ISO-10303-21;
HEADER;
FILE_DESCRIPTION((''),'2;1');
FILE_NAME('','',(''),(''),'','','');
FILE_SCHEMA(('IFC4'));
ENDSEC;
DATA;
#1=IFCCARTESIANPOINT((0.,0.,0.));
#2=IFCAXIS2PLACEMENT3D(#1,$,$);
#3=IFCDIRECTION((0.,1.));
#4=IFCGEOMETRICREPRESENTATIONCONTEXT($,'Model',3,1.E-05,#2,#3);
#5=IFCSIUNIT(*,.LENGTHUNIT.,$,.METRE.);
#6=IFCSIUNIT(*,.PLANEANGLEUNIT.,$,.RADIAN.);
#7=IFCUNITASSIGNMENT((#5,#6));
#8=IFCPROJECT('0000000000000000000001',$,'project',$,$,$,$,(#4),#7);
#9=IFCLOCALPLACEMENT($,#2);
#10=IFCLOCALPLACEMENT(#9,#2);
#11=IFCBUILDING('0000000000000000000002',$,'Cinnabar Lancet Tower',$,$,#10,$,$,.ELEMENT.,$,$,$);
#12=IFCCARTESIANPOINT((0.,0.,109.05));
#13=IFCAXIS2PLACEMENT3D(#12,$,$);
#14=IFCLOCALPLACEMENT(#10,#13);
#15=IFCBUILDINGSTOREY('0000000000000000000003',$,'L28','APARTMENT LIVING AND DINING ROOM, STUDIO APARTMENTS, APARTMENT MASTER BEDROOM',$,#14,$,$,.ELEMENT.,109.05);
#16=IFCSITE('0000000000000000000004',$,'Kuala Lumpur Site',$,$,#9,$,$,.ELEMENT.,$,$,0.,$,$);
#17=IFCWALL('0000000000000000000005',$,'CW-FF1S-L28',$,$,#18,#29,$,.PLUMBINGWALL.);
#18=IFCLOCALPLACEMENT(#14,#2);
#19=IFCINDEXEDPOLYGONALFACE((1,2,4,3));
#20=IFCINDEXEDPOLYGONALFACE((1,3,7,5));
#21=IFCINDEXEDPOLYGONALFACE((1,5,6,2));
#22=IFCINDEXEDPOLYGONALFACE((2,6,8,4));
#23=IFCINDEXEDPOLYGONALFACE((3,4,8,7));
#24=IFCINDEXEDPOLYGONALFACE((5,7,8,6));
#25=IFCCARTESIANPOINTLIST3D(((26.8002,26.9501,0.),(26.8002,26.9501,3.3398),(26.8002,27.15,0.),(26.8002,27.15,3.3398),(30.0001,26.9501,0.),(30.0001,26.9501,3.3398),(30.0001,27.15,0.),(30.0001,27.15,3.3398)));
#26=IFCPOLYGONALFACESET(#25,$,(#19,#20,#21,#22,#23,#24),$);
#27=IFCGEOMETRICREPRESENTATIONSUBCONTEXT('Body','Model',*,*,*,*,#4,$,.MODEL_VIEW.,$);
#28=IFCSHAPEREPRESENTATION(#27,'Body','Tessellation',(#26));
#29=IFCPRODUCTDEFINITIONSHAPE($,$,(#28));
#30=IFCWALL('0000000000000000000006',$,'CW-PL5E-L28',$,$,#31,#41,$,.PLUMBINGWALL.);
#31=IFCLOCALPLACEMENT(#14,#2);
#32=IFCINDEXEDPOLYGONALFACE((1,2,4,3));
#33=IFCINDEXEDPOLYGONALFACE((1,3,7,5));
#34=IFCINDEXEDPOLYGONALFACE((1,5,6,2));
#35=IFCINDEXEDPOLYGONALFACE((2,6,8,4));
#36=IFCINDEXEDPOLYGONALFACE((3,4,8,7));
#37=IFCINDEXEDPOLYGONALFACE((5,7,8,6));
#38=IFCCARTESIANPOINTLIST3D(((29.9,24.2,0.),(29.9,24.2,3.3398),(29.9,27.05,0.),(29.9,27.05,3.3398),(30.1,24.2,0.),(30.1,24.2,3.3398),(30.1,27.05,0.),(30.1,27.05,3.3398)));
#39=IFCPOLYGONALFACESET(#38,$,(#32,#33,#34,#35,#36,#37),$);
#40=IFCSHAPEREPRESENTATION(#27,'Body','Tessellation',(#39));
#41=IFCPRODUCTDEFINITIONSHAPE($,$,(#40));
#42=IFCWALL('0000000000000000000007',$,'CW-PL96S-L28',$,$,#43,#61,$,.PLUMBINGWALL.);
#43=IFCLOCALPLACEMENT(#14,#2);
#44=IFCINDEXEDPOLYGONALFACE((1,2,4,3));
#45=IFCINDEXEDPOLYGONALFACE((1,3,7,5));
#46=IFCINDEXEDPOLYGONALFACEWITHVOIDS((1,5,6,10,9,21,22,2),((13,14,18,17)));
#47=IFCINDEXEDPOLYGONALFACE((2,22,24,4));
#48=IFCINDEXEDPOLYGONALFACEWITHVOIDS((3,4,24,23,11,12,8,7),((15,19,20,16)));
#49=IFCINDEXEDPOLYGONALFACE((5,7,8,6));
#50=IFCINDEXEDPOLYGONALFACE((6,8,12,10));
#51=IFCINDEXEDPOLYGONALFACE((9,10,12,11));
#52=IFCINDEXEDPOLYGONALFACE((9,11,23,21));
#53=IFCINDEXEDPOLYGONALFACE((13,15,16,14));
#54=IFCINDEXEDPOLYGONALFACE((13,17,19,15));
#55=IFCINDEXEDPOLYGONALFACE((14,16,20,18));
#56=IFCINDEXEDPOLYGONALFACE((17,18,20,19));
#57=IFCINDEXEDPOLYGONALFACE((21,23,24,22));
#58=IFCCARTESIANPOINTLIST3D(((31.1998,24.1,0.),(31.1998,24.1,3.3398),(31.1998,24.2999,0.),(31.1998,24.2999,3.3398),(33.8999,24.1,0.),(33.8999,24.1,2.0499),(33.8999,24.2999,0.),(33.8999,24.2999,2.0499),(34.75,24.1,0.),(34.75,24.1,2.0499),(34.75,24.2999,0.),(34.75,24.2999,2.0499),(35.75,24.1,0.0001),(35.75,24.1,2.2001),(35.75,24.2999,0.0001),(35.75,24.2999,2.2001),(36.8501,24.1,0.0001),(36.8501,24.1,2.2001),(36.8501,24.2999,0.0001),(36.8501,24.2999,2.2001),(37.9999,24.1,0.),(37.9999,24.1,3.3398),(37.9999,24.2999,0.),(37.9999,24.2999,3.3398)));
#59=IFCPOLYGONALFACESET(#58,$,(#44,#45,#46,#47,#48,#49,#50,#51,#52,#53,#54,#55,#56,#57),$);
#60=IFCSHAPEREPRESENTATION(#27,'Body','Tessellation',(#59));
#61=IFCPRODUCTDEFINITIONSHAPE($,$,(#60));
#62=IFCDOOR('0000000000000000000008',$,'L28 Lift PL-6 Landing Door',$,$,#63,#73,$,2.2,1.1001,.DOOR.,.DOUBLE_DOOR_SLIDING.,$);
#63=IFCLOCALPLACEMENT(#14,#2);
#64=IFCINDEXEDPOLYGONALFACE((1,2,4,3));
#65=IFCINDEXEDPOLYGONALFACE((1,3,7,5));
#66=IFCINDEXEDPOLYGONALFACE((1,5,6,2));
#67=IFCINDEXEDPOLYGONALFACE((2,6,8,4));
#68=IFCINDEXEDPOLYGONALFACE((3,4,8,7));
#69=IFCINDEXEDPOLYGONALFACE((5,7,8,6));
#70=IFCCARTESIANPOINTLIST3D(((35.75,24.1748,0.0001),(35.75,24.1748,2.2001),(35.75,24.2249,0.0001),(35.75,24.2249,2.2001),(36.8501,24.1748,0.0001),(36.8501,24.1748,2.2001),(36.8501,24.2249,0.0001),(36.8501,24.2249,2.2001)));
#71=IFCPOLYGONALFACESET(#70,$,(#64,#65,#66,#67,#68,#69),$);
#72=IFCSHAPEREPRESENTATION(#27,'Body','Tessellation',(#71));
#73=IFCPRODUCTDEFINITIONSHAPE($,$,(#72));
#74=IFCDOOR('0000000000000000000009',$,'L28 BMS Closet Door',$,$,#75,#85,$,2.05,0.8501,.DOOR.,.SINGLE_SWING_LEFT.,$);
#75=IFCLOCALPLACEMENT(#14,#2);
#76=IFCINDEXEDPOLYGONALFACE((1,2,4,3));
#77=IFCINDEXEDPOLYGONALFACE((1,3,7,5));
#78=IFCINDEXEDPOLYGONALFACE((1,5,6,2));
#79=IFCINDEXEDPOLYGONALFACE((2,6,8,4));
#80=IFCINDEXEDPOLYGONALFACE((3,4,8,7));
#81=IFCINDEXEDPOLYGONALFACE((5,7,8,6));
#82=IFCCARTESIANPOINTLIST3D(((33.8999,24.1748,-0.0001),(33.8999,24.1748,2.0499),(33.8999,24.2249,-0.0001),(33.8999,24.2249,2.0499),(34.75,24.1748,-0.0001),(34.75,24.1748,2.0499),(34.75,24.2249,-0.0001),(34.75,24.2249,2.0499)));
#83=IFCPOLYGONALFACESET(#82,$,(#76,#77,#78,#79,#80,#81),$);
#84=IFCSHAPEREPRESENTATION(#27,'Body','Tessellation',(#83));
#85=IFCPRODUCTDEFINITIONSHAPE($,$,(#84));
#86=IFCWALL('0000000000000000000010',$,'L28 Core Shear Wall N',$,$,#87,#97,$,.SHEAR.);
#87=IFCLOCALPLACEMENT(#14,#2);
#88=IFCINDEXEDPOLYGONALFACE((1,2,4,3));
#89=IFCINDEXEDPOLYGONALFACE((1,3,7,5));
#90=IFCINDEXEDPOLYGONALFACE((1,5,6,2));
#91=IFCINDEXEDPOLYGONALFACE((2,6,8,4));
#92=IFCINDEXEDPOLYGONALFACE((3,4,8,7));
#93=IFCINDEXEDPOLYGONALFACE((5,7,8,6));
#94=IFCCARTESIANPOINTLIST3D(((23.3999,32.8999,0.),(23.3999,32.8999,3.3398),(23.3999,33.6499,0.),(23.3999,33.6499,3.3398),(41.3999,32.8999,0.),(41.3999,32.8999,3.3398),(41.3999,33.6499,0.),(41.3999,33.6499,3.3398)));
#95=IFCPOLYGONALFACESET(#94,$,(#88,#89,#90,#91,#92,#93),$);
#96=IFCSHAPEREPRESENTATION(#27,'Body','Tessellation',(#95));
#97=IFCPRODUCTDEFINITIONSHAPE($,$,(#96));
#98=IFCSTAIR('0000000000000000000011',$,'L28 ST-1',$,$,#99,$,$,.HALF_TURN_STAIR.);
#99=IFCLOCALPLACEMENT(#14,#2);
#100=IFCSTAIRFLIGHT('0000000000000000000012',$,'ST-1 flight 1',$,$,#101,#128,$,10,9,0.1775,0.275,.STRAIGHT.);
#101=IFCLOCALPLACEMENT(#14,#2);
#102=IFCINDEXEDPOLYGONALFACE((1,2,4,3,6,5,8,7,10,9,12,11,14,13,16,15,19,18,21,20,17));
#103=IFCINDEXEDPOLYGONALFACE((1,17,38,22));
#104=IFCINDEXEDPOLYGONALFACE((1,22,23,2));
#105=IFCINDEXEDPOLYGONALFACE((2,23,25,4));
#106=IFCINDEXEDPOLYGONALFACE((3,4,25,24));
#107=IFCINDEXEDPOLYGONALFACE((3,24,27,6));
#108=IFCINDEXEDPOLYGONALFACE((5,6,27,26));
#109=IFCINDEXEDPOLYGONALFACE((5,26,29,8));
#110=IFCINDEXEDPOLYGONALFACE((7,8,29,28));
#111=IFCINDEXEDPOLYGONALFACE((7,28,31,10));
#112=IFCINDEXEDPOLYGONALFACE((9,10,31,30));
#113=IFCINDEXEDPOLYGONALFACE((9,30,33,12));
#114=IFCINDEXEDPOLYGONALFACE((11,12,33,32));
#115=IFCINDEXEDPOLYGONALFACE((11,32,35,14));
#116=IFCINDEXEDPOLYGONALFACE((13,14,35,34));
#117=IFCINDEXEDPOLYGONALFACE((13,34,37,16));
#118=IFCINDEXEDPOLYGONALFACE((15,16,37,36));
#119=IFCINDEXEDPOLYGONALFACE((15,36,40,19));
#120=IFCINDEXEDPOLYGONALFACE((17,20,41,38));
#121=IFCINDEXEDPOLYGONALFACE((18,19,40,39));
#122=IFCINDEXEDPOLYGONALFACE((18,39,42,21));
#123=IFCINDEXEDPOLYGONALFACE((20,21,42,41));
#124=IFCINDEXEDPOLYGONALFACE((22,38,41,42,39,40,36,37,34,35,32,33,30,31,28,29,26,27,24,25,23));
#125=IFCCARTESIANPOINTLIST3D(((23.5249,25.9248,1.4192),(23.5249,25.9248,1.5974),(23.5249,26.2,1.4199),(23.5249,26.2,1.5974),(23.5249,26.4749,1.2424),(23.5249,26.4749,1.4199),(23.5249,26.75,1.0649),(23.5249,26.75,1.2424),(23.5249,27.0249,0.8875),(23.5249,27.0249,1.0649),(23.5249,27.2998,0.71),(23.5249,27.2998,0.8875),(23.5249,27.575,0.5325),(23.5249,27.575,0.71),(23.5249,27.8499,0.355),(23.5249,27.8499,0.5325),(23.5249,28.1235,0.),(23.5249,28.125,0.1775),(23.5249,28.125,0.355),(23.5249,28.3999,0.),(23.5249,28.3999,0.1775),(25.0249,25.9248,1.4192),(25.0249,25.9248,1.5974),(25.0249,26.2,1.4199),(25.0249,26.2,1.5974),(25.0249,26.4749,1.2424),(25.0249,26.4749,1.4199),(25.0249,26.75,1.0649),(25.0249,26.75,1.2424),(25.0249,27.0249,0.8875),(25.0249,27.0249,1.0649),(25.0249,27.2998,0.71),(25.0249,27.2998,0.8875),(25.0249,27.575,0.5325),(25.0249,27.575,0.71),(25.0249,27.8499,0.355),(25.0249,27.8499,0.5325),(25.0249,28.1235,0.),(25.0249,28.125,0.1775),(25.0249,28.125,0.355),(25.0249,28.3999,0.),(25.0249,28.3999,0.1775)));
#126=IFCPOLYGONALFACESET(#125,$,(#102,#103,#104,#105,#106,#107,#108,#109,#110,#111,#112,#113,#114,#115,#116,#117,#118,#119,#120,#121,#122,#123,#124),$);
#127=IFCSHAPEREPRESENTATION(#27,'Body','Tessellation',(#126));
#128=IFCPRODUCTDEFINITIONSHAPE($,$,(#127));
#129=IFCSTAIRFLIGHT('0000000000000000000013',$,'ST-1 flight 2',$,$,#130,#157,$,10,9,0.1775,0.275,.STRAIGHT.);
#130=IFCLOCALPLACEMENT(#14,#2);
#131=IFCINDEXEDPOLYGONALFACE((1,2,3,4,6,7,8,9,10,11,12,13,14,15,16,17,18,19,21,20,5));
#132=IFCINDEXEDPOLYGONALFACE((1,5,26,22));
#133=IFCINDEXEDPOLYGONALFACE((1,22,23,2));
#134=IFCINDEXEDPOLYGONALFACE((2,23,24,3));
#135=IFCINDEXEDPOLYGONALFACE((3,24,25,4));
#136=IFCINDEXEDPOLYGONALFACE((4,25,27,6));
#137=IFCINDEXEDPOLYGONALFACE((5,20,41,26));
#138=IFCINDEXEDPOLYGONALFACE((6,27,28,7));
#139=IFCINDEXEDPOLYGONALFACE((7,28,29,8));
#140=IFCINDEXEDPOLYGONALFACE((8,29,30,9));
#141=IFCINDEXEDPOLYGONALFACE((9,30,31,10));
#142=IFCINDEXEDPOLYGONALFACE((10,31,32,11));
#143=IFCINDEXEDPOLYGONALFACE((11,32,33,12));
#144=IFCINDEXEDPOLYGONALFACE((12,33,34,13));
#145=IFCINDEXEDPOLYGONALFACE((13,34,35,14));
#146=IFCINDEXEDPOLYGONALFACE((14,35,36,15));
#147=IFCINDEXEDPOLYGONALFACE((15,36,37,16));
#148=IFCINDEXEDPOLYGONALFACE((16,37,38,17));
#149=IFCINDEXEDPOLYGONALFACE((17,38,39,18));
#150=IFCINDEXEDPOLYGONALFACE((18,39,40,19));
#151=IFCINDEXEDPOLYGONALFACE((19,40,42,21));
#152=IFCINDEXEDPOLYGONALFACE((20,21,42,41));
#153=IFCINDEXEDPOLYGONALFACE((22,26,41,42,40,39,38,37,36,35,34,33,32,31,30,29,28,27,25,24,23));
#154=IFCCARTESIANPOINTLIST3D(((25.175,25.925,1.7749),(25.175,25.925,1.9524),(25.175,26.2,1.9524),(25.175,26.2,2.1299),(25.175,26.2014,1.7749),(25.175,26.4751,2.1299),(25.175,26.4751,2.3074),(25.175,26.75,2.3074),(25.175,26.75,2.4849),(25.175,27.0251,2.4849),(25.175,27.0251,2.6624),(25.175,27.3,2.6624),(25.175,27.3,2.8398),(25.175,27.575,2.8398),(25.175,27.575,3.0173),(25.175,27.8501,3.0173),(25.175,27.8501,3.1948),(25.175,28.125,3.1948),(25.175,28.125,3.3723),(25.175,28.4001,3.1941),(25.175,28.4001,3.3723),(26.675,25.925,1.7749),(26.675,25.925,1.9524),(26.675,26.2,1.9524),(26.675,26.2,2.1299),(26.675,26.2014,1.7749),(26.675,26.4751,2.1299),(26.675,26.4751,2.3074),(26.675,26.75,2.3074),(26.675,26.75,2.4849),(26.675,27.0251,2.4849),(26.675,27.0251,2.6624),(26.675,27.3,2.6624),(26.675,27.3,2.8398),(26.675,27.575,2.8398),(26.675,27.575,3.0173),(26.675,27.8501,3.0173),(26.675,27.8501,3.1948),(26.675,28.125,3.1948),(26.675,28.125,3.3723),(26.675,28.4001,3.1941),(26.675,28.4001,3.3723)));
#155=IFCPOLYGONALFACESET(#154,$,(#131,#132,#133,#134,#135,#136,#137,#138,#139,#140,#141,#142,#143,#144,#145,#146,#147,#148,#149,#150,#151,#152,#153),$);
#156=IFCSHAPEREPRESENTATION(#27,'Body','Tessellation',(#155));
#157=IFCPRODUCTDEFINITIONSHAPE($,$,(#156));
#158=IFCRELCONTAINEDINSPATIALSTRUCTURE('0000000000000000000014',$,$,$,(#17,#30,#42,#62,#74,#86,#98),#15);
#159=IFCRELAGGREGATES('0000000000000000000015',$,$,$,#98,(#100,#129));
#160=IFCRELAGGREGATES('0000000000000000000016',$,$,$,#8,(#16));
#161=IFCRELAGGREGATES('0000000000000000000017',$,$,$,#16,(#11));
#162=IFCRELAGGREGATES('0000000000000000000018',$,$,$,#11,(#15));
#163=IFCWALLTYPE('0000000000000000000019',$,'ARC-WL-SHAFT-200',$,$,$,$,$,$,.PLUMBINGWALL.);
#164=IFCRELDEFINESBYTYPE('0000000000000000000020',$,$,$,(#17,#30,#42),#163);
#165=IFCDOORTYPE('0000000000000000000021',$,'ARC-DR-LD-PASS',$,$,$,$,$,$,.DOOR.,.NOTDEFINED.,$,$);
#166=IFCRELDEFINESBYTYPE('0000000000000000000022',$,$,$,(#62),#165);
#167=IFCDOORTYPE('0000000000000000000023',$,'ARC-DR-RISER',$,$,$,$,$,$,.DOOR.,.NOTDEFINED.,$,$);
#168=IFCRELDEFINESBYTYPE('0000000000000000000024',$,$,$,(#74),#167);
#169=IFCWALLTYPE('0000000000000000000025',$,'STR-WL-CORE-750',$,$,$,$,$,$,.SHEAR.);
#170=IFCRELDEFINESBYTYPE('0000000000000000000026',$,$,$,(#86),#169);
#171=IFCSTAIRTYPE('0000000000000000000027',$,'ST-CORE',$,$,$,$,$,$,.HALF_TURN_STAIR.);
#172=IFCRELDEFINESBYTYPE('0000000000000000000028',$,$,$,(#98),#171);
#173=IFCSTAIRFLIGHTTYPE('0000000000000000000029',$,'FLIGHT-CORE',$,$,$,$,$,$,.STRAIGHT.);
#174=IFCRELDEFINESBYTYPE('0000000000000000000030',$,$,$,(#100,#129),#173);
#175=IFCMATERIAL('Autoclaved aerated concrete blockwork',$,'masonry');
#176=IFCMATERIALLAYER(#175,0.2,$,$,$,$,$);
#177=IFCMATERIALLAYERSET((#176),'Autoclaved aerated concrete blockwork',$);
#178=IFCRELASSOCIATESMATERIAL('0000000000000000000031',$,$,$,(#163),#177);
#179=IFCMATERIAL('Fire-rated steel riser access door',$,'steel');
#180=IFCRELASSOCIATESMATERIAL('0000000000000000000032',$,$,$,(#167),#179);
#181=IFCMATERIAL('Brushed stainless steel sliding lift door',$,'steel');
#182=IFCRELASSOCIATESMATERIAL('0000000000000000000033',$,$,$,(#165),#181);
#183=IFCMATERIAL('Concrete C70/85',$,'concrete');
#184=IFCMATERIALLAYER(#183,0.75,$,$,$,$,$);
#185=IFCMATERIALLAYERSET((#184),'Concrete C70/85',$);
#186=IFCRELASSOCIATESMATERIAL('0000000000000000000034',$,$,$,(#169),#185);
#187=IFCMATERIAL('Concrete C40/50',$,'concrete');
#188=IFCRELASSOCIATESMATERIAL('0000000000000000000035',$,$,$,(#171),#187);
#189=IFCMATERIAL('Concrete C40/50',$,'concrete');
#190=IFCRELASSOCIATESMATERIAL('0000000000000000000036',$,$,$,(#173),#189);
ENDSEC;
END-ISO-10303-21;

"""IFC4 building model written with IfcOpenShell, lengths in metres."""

from ifc_helpers import new_model, si_unit, direction, frame, frame_2d, origin, place, context, subcontext, project, spatial, polyline, rectangle, outline, extrude, material, layer, layer_set, type_object, element, fill, aggregate, save


model = new_model("IFC4")

# Units and contexts
model_context = context("Model", 3, precision=1e-05, world=origin(), true_north=direction((0.0, 1.0)))
body_context = subcontext(model_context, "Body", "Model", "MODEL_VIEW")
ifc_project = project(units=[si_unit("LENGTHUNIT", "METRE"), si_unit("PLANEANGLEUNIT", "RADIAN")], contexts=[model_context])

# Site, building, storey
site_placement = place(None, origin())
site = spatial("IfcSite", under=ifc_project, at=site_placement, Name="Kuala Lumpur Site", CompositionType="ELEMENT", RefElevation=0.0)
building_placement = place(site_placement, origin())
building = spatial("IfcBuilding", under=site, at=building_placement, Name="Cinnabar Lancet Tower", CompositionType="ELEMENT")
storey_placement = place(building_placement, frame((0.0, 0.0, 109.05)))
storey = spatial("IfcBuildingStorey", under=building, at=storey_placement, Name="L28", Description="APARTMENT LIVING AND DINING ROOM, STUDIO APARTMENTS, APARTMENT MASTER BEDROOM", CompositionType="ELEMENT", Elevation=109.05)

# Shared definitions
ifc_material_1 = material(Name="Autoclaved aerated concrete blockwork", Category="masonry")
ifc_layer_1 = layer(ifc_material_1, 0.2)
ifc_layer_set_1 = layer_set([ifc_layer_1], Name="Autoclaved aerated concrete blockwork")
wall_type_1 = type_object("IfcWallType", Name="ARC-WL-SHAFT-200", PredefinedType="PLUMBINGWALL", material=ifc_layer_set_1)
ifc_material_2 = material(Name="Fire-rated steel riser access door", Category="steel")
door_type_1 = type_object("IfcDoorType", Name="ARC-DR-RISER", OperationType="NOTDEFINED", PredefinedType="DOOR", material=ifc_material_2)

# Walls
wall_1_placement = place(storey_placement, frame((26.8, 27.05, 0.0), z_axis=(0.0, 0.0, 1.0), x_axis=(1.0, 0.0, 0.0)))
element("IfcWall", 1, at=wall_1_placement, inside=storey, type_object=wall_type_1, Name="CW-FF1S-L28", PredefinedType="PLUMBINGWALL", context=body_context, shape_type="SweptSolid", body=[
    extrude(rectangle(XDim=3.2, YDim=0.2, at=frame_2d((1.6001, 0.0))), origin(), (0.0, 0.0, 1.0), 3.3398),
])
wall_2_placement = place(storey_placement, frame((30.0, 24.2, 0.0), z_axis=(0.0, 0.0, 1.0), x_axis=(0.0, 1.0, 0.0)))
element("IfcWall", 2, at=wall_2_placement, inside=storey, type_object=wall_type_1, Name="CW-PL5E-L28", PredefinedType="PLUMBINGWALL", context=body_context, shape_type="SweptSolid", body=[
    extrude(rectangle(XDim=2.8501, YDim=0.2, at=frame_2d((1.425, 0.0))), origin(), (0.0, 0.0, 1.0), 3.3398),
])

# Wall, openings, doors
wall_3_placement = place(storey_placement, frame((31.2, 24.2, 0.0), z_axis=(0.0, 0.0, 1.0), x_axis=(1.0, 0.0, 0.0)))
wall_3 = element("IfcWall", 3, at=wall_3_placement, inside=storey, type_object=wall_type_1, Name="CW-PL96S-L28", PredefinedType="PLUMBINGWALL", context=body_context, shape_type="SweptSolid", body=[
    extrude(rectangle(XDim=6.8, YDim=0.2, at=frame_2d((3.3999, 0.0))), origin(), (0.0, 0.0, 1.0), 3.3398),
])
opening_1_placement = place(wall_3_placement, frame((2.7, 0.0, 0.0)))
opening_1 = element("IfcOpeningElement", 4, at=opening_1_placement, cuts=wall_3, PredefinedType="OPENING", context=body_context, shape_type="SweptSolid", body=[
    extrude(rectangle(XDim=0.8501, YDim=2.05, at=frame_2d((0.425, 1.0249))), frame((0.0, 0.1099, 0.0), z_axis=(0.0, -1.0, 0.0), x_axis=(1.0, 0.0, 0.0)), (0.0, 0.0, 1.0), 0.22),
])
opening_2_placement = place(wall_3_placement, frame((4.55, 0.0, 0.0)))
opening_2 = element("IfcOpeningElement", 5, at=opening_2_placement, cuts=wall_3, PredefinedType="OPENING", context=body_context, shape_type="SweptSolid", body=[
    extrude(rectangle(XDim=1.1001, YDim=2.2, at=frame_2d((0.55, 1.1001))), frame((0.0, 0.1099, 0.0), z_axis=(0.0, -1.0, 0.0), x_axis=(1.0, 0.0, 0.0)), (0.0, 0.0, 1.0), 0.22),
])
ifc_material_3 = material(Name="Brushed stainless steel sliding lift door", Category="steel")
door_type_2 = type_object("IfcDoorType", Name="ARC-DR-LD-PASS", OperationType="NOTDEFINED", PredefinedType="DOOR", material=ifc_material_3)
door_1_placement = place(opening_2_placement, origin())
door_1 = element("IfcDoor", 6, at=door_1_placement, inside=storey, type_object=door_type_2, Name="L28 Lift PL-6 Landing Door", OperationType="DOUBLE_DOOR_SLIDING", OverallHeight=2.2, OverallWidth=1.1001, PredefinedType="DOOR", context=body_context, shape_type="SweptSolid", body=[
    extrude(rectangle(XDim=1.1001, YDim=2.2, at=frame_2d((0.55, 1.1001))), frame((0.0, 0.0249, 0.0), z_axis=(0.0, -1.0, 0.0), x_axis=(1.0, 0.0, 0.0)), (0.0, 0.0, 1.0), 0.05),
])
fill(opening_2, door_1)
door_2_placement = place(opening_1_placement, origin())
door_2 = element("IfcDoor", 7, at=door_2_placement, inside=storey, type_object=door_type_1, Name="L28 BMS Closet Door", OperationType="SINGLE_SWING_LEFT", OverallHeight=2.05, OverallWidth=0.8501, PredefinedType="DOOR", context=body_context, shape_type="SweptSolid", body=[
    extrude(rectangle(XDim=0.8501, YDim=2.05, at=frame_2d((0.425, 1.0249))), frame((0.0, 0.0249, 0.0), z_axis=(0.0, -1.0, 0.0), x_axis=(1.0, 0.0, 0.0)), (0.0, 0.0, 1.0), 0.05),
])
fill(opening_1, door_2)

# Wall
ifc_material_4 = material(Name="Concrete C70/85", Category="concrete")
ifc_layer_2 = layer(ifc_material_4, 0.75)
ifc_layer_set_2 = layer_set([ifc_layer_2], Name="Concrete C70/85")
wall_type_2 = type_object("IfcWallType", Name="STR-WL-CORE-750", PredefinedType="SHEAR", material=ifc_layer_set_2)
wall_4_placement = place(storey_placement, frame((23.3999, 33.2749, 0.0), z_axis=(0.0, 0.0, 1.0), x_axis=(1.0, 0.0, 0.0)))
element("IfcWall", 8, at=wall_4_placement, inside=storey, type_object=wall_type_2, Name="L28 Core Shear Wall N", PredefinedType="SHEAR", context=body_context, shape_type="SweptSolid", body=[
    extrude(rectangle(XDim=18.0, YDim=0.75, at=frame_2d((9.0, 0.0))), origin(), (0.0, 0.0, 1.0), 3.3398),
])

# Stair, stair flights
ifc_material_5 = material(Name="Concrete C40/50", Category="concrete")
stair_type = type_object("IfcStairType", Name="ST-CORE", PredefinedType="HALF_TURN_STAIR", material=ifc_material_5)
stair_placement = place(storey_placement, origin())
stair = element("IfcStair", 9, at=stair_placement, inside=storey, type_object=stair_type, Name="L28 ST-1", PredefinedType="HALF_TURN_STAIR")
ifc_material_6 = material(Name="Concrete C40/50", Category="concrete")
stair_flight_type = type_object("IfcStairFlightType", Name="FLIGHT-CORE", PredefinedType="STRAIGHT", material=ifc_material_6)
stair_flight_1_placement = place(storey_placement, frame((24.2749, 28.3999, 0.0), z_axis=(0.0, 0.0, 1.0), x_axis=(0.0, -1.0, 0.0)))
stair_flight_1 = element("IfcStairFlight", 10, at=stair_flight_1_placement, type_object=stair_flight_type, Name="ST-1 flight 1", NumberOfRisers=10, NumberOfTreads=9, PredefinedType="STRAIGHT", RiserHeight=0.1775, TreadLength=0.275, context=body_context, shape_type="SweptSolid", body=[
    extrude(outline(polyline([(0.0, 0.0), (0.0, 0.1775), (0.2749, 0.1775), (0.2749, 0.355), (0.55, 0.355), (0.55, 0.5325), (0.825, 0.5325), (0.825, 0.71), (1.1001, 0.71), (1.1001, 0.8875), (1.375, 0.8875), (1.375, 1.0649), (1.6499, 1.0649), (1.6499, 1.2424), (1.925, 1.2424), (1.925, 1.4199), (2.2, 1.4199), (2.2, 1.5974), (2.4751, 1.5974), (2.4751, 1.7749), (2.4751, 1.4192), (0.2764, 0.0), (0.0, 0.0)])), frame((0.0, 0.75, 0.0), z_axis=(0.0, -1.0, 0.0), x_axis=(1.0, 0.0, 0.0)), (0.0, 0.0, 1.0), 1.5),
])
stair_flight_2_placement = place(storey_placement, frame((25.925, 25.925, 1.7749), z_axis=(0.0, 0.0, 1.0), x_axis=(0.0, 1.0, 0.0)))
stair_flight_2 = element("IfcStairFlight", 11, at=stair_flight_2_placement, type_object=stair_flight_type, Name="ST-1 flight 2", NumberOfRisers=10, NumberOfTreads=9, PredefinedType="STRAIGHT", RiserHeight=0.1775, TreadLength=0.275, context=body_context, shape_type="SweptSolid", body=[
    extrude(outline(polyline([(0.0, 0.0), (0.0, 0.1775), (0.2749, 0.1775), (0.2749, 0.355), (0.55, 0.355), (0.55, 0.5325), (0.825, 0.5325), (0.825, 0.71), (1.1001, 0.71), (1.1001, 0.8875), (1.375, 0.8875), (1.375, 1.0649), (1.6499, 1.0649), (1.6499, 1.2424), (1.925, 1.2424), (1.925, 1.4199), (2.2, 1.4199), (2.2, 1.5974), (2.4751, 1.5974), (2.4751, 1.7749), (2.4751, 1.4192), (0.2764, 0.0), (0.0, 0.0)])), frame((0.0, 0.75, 0.0), z_axis=(0.0, -1.0, 0.0), x_axis=(1.0, 0.0, 0.0)), (0.0, 0.0, 1.0), 1.5),
])
aggregate(stair, [stair_flight_1, stair_flight_2])

save(model, "model.ifc")
